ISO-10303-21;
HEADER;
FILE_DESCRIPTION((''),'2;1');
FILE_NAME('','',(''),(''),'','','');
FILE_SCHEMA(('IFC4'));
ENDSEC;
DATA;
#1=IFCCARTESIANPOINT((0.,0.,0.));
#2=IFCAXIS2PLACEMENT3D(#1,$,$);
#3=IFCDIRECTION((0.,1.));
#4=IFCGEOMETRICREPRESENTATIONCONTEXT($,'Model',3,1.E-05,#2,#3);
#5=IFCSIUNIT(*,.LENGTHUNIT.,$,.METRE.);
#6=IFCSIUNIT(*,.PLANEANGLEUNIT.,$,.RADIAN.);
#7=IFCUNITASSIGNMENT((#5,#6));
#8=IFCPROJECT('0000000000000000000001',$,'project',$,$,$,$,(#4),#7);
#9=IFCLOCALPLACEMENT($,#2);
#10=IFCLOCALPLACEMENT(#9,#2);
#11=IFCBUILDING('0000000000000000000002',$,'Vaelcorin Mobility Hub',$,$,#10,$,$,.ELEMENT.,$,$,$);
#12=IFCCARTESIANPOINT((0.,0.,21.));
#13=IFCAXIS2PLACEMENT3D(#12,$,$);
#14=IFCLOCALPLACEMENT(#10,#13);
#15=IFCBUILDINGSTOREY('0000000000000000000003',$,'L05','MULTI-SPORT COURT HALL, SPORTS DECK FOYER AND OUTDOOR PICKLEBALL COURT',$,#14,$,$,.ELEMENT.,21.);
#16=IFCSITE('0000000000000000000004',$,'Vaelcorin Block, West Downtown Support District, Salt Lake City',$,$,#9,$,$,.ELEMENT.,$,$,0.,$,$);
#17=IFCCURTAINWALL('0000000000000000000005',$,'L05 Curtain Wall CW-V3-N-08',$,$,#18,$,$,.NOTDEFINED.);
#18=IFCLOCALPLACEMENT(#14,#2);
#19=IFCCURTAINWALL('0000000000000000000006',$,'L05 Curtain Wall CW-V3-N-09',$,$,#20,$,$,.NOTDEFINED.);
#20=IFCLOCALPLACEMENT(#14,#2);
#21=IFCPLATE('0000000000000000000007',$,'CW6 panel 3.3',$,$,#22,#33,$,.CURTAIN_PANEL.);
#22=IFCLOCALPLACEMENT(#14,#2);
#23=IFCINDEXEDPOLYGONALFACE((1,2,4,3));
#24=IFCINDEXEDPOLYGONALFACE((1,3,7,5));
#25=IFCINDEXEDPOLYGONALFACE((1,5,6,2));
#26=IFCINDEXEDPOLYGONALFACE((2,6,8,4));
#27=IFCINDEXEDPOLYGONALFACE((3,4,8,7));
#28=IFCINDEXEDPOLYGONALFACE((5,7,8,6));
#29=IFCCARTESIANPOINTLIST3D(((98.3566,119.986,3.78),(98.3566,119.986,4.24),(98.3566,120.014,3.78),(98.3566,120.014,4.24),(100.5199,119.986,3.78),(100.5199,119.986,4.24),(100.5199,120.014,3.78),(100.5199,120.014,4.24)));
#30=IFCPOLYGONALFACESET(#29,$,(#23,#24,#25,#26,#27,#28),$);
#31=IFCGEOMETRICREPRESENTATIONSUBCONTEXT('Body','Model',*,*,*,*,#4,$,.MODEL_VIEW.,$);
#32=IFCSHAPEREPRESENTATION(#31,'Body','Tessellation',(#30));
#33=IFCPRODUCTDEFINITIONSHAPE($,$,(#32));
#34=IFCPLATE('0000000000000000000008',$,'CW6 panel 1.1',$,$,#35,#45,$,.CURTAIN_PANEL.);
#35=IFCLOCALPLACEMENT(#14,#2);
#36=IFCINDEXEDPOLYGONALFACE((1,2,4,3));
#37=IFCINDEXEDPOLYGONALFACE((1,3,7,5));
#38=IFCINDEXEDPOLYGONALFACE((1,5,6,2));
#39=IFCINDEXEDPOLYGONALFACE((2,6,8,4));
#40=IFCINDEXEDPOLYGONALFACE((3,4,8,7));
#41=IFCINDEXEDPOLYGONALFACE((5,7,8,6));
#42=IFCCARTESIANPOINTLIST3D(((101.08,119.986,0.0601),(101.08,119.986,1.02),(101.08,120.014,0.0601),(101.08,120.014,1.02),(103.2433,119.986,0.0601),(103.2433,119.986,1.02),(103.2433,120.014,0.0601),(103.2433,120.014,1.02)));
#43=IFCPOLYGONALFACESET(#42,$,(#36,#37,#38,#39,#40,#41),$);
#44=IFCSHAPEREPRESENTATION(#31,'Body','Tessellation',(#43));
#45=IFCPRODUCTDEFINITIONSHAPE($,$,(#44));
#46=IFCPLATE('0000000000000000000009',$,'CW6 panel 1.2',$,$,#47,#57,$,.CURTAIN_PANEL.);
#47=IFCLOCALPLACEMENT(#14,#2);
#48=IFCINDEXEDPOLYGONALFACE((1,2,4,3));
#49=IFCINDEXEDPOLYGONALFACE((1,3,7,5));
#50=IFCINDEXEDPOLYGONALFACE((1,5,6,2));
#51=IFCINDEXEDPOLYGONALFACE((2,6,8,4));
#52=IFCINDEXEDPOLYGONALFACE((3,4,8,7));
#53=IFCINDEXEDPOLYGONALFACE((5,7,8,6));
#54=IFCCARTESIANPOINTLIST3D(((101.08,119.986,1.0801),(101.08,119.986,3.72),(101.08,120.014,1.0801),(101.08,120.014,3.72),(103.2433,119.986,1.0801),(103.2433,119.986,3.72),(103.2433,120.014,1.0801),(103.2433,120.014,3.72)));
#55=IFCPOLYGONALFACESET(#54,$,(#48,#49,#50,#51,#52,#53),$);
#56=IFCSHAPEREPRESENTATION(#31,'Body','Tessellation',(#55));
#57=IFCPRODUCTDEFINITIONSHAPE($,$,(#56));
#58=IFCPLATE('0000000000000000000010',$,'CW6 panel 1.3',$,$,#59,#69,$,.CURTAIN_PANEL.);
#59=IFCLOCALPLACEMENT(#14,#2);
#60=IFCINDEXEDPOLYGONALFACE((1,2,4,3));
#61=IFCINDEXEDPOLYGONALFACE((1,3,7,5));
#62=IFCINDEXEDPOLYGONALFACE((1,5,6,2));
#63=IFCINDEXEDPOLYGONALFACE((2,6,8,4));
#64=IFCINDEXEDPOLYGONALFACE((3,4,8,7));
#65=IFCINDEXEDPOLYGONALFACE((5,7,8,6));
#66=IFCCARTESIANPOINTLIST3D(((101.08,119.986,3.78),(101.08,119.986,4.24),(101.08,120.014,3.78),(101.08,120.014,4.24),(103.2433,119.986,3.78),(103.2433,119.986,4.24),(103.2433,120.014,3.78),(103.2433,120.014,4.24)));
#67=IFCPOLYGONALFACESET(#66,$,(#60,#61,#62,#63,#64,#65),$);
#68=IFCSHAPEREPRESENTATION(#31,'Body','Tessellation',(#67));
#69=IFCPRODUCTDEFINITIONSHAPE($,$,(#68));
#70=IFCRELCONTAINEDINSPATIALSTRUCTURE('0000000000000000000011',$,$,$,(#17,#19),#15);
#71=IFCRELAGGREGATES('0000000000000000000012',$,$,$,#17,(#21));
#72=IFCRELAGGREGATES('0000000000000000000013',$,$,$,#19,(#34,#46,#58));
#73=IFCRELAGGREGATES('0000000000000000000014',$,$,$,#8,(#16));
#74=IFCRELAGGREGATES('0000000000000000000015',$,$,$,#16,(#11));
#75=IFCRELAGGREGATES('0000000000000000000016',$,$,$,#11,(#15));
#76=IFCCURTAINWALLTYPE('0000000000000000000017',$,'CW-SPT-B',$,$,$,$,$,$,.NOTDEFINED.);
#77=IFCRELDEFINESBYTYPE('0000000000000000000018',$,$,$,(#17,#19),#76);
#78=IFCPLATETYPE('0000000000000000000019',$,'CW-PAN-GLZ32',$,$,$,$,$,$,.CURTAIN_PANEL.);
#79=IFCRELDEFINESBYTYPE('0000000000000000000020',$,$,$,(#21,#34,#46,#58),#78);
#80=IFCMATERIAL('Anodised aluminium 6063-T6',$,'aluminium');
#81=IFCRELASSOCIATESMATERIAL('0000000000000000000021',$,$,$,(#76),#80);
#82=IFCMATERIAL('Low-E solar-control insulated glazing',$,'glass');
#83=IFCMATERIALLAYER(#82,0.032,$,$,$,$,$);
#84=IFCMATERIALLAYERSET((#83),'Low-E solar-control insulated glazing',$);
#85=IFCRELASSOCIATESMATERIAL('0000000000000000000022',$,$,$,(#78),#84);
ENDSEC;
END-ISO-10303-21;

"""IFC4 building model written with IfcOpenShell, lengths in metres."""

from ifc_helpers import new_model, si_unit, direction, frame, origin, origin_2d, place, context, subcontext, project, spatial, rectangle, extrude, material, layer, layer_set, type_object, element, aggregate, save


model = new_model("IFC4")

# Units and contexts
model_context = context("Model", 3, precision=1e-05, world=origin(), true_north=direction((0.0, 1.0)))
body_context = subcontext(model_context, "Body", "Model", "MODEL_VIEW")
ifc_project = project(units=[si_unit("LENGTHUNIT", "METRE"), si_unit("PLANEANGLEUNIT", "RADIAN")], contexts=[model_context])

# Site, building, storey
site_placement = place(None, origin())
site = spatial("IfcSite", under=ifc_project, at=site_placement, Name="Vaelcorin Block, West Downtown Support District, Salt Lake City", CompositionType="ELEMENT", RefElevation=0.0)
building_placement = place(site_placement, origin())
building = spatial("IfcBuilding", under=site, at=building_placement, Name="Vaelcorin Mobility Hub", CompositionType="ELEMENT")
storey_placement = place(building_placement, frame((0.0, 0.0, 21.0)))
storey = spatial("IfcBuildingStorey", under=building, at=storey_placement, Name="L05", Description="MULTI-SPORT COURT HALL, SPORTS DECK FOYER AND OUTDOOR PICKLEBALL COURT", CompositionType="ELEMENT", Elevation=21.0)

# Curtain walls
ifc_material_1 = material(Name="Anodised aluminium 6063-T6", Category="aluminium")
curtain_wall_type = type_object("IfcCurtainWallType", Name="CW-SPT-B", PredefinedType="NOTDEFINED", material=ifc_material_1)
curtain_wall_1_placement = place(storey_placement, origin())
curtain_wall_1 = element("IfcCurtainWall", 1, at=curtain_wall_1_placement, inside=storey, type_object=curtain_wall_type, Name="L05 Curtain Wall CW-V3-N-08", PredefinedType="NOTDEFINED")
curtain_wall_2_placement = place(storey_placement, origin())
curtain_wall_2 = element("IfcCurtainWall", 2, at=curtain_wall_2_placement, inside=storey, type_object=curtain_wall_type, Name="L05 Curtain Wall CW-V3-N-09", PredefinedType="NOTDEFINED")

# Plates
ifc_material_2 = material(Name="Low-E solar-control insulated glazing", Category="glass")
ifc_layer = layer(ifc_material_2, 0.032)
ifc_layer_set = layer_set([ifc_layer], Name="Low-E solar-control insulated glazing")
plate_type = type_object("IfcPlateType", Name="CW-PAN-GLZ32", PredefinedType="CURTAIN_PANEL", material=ifc_layer_set)
plate_1_placement = place(storey_placement, frame((99.4382, 120.0, 3.78), z_axis=(0.0, 0.0, 1.0), x_axis=(1.0, 0.0, 0.0)))
plate_1 = element("IfcPlate", 3, at=plate_1_placement, type_object=plate_type, Name="CW6 panel 3.3", PredefinedType="CURTAIN_PANEL", context=body_context, shape_type="SweptSolid", body=[
    extrude(rectangle(XDim=2.1633, YDim=0.0281, at=origin_2d()), origin(), (0.0, 0.0, 1.0), 0.46),
])
aggregate(curtain_wall_1, [plate_1])
plate_2_placement = place(storey_placement, frame((102.1616, 120.0, 0.0601), z_axis=(0.0, 0.0, 1.0), x_axis=(1.0, 0.0, 0.0)))
plate_2 = element("IfcPlate", 4, at=plate_2_placement, type_object=plate_type, Name="CW6 panel 1.1", PredefinedType="CURTAIN_PANEL", context=body_context, shape_type="SweptSolid", body=[
    extrude(rectangle(XDim=2.1633, YDim=0.0281, at=origin_2d()), origin(), (0.0, 0.0, 1.0), 0.96),
])
plate_3_placement = place(storey_placement, frame((102.1616, 120.0, 1.0801), z_axis=(0.0, 0.0, 1.0), x_axis=(1.0, 0.0, 0.0)))
plate_3 = element("IfcPlate", 5, at=plate_3_placement, type_object=plate_type, Name="CW6 panel 1.2", PredefinedType="CURTAIN_PANEL", context=body_context, shape_type="SweptSolid", body=[
    extrude(rectangle(XDim=2.1633, YDim=0.0281, at=origin_2d()), origin(), (0.0, 0.0, 1.0), 2.6399),
])
plate_4_placement = place(storey_placement, frame((102.1616, 120.0, 3.78), z_axis=(0.0, 0.0, 1.0), x_axis=(1.0, 0.0, 0.0)))
plate_4 = element("IfcPlate", 6, at=plate_4_placement, type_object=plate_type, Name="CW6 panel 1.3", PredefinedType="CURTAIN_PANEL", context=body_context, shape_type="SweptSolid", body=[
    extrude(rectangle(XDim=2.1633, YDim=0.0281, at=origin_2d()), origin(), (0.0, 0.0, 1.0), 0.46),
])
aggregate(curtain_wall_2, [plate_2, plate_3, plate_4])

save(model, "model.ifc")
